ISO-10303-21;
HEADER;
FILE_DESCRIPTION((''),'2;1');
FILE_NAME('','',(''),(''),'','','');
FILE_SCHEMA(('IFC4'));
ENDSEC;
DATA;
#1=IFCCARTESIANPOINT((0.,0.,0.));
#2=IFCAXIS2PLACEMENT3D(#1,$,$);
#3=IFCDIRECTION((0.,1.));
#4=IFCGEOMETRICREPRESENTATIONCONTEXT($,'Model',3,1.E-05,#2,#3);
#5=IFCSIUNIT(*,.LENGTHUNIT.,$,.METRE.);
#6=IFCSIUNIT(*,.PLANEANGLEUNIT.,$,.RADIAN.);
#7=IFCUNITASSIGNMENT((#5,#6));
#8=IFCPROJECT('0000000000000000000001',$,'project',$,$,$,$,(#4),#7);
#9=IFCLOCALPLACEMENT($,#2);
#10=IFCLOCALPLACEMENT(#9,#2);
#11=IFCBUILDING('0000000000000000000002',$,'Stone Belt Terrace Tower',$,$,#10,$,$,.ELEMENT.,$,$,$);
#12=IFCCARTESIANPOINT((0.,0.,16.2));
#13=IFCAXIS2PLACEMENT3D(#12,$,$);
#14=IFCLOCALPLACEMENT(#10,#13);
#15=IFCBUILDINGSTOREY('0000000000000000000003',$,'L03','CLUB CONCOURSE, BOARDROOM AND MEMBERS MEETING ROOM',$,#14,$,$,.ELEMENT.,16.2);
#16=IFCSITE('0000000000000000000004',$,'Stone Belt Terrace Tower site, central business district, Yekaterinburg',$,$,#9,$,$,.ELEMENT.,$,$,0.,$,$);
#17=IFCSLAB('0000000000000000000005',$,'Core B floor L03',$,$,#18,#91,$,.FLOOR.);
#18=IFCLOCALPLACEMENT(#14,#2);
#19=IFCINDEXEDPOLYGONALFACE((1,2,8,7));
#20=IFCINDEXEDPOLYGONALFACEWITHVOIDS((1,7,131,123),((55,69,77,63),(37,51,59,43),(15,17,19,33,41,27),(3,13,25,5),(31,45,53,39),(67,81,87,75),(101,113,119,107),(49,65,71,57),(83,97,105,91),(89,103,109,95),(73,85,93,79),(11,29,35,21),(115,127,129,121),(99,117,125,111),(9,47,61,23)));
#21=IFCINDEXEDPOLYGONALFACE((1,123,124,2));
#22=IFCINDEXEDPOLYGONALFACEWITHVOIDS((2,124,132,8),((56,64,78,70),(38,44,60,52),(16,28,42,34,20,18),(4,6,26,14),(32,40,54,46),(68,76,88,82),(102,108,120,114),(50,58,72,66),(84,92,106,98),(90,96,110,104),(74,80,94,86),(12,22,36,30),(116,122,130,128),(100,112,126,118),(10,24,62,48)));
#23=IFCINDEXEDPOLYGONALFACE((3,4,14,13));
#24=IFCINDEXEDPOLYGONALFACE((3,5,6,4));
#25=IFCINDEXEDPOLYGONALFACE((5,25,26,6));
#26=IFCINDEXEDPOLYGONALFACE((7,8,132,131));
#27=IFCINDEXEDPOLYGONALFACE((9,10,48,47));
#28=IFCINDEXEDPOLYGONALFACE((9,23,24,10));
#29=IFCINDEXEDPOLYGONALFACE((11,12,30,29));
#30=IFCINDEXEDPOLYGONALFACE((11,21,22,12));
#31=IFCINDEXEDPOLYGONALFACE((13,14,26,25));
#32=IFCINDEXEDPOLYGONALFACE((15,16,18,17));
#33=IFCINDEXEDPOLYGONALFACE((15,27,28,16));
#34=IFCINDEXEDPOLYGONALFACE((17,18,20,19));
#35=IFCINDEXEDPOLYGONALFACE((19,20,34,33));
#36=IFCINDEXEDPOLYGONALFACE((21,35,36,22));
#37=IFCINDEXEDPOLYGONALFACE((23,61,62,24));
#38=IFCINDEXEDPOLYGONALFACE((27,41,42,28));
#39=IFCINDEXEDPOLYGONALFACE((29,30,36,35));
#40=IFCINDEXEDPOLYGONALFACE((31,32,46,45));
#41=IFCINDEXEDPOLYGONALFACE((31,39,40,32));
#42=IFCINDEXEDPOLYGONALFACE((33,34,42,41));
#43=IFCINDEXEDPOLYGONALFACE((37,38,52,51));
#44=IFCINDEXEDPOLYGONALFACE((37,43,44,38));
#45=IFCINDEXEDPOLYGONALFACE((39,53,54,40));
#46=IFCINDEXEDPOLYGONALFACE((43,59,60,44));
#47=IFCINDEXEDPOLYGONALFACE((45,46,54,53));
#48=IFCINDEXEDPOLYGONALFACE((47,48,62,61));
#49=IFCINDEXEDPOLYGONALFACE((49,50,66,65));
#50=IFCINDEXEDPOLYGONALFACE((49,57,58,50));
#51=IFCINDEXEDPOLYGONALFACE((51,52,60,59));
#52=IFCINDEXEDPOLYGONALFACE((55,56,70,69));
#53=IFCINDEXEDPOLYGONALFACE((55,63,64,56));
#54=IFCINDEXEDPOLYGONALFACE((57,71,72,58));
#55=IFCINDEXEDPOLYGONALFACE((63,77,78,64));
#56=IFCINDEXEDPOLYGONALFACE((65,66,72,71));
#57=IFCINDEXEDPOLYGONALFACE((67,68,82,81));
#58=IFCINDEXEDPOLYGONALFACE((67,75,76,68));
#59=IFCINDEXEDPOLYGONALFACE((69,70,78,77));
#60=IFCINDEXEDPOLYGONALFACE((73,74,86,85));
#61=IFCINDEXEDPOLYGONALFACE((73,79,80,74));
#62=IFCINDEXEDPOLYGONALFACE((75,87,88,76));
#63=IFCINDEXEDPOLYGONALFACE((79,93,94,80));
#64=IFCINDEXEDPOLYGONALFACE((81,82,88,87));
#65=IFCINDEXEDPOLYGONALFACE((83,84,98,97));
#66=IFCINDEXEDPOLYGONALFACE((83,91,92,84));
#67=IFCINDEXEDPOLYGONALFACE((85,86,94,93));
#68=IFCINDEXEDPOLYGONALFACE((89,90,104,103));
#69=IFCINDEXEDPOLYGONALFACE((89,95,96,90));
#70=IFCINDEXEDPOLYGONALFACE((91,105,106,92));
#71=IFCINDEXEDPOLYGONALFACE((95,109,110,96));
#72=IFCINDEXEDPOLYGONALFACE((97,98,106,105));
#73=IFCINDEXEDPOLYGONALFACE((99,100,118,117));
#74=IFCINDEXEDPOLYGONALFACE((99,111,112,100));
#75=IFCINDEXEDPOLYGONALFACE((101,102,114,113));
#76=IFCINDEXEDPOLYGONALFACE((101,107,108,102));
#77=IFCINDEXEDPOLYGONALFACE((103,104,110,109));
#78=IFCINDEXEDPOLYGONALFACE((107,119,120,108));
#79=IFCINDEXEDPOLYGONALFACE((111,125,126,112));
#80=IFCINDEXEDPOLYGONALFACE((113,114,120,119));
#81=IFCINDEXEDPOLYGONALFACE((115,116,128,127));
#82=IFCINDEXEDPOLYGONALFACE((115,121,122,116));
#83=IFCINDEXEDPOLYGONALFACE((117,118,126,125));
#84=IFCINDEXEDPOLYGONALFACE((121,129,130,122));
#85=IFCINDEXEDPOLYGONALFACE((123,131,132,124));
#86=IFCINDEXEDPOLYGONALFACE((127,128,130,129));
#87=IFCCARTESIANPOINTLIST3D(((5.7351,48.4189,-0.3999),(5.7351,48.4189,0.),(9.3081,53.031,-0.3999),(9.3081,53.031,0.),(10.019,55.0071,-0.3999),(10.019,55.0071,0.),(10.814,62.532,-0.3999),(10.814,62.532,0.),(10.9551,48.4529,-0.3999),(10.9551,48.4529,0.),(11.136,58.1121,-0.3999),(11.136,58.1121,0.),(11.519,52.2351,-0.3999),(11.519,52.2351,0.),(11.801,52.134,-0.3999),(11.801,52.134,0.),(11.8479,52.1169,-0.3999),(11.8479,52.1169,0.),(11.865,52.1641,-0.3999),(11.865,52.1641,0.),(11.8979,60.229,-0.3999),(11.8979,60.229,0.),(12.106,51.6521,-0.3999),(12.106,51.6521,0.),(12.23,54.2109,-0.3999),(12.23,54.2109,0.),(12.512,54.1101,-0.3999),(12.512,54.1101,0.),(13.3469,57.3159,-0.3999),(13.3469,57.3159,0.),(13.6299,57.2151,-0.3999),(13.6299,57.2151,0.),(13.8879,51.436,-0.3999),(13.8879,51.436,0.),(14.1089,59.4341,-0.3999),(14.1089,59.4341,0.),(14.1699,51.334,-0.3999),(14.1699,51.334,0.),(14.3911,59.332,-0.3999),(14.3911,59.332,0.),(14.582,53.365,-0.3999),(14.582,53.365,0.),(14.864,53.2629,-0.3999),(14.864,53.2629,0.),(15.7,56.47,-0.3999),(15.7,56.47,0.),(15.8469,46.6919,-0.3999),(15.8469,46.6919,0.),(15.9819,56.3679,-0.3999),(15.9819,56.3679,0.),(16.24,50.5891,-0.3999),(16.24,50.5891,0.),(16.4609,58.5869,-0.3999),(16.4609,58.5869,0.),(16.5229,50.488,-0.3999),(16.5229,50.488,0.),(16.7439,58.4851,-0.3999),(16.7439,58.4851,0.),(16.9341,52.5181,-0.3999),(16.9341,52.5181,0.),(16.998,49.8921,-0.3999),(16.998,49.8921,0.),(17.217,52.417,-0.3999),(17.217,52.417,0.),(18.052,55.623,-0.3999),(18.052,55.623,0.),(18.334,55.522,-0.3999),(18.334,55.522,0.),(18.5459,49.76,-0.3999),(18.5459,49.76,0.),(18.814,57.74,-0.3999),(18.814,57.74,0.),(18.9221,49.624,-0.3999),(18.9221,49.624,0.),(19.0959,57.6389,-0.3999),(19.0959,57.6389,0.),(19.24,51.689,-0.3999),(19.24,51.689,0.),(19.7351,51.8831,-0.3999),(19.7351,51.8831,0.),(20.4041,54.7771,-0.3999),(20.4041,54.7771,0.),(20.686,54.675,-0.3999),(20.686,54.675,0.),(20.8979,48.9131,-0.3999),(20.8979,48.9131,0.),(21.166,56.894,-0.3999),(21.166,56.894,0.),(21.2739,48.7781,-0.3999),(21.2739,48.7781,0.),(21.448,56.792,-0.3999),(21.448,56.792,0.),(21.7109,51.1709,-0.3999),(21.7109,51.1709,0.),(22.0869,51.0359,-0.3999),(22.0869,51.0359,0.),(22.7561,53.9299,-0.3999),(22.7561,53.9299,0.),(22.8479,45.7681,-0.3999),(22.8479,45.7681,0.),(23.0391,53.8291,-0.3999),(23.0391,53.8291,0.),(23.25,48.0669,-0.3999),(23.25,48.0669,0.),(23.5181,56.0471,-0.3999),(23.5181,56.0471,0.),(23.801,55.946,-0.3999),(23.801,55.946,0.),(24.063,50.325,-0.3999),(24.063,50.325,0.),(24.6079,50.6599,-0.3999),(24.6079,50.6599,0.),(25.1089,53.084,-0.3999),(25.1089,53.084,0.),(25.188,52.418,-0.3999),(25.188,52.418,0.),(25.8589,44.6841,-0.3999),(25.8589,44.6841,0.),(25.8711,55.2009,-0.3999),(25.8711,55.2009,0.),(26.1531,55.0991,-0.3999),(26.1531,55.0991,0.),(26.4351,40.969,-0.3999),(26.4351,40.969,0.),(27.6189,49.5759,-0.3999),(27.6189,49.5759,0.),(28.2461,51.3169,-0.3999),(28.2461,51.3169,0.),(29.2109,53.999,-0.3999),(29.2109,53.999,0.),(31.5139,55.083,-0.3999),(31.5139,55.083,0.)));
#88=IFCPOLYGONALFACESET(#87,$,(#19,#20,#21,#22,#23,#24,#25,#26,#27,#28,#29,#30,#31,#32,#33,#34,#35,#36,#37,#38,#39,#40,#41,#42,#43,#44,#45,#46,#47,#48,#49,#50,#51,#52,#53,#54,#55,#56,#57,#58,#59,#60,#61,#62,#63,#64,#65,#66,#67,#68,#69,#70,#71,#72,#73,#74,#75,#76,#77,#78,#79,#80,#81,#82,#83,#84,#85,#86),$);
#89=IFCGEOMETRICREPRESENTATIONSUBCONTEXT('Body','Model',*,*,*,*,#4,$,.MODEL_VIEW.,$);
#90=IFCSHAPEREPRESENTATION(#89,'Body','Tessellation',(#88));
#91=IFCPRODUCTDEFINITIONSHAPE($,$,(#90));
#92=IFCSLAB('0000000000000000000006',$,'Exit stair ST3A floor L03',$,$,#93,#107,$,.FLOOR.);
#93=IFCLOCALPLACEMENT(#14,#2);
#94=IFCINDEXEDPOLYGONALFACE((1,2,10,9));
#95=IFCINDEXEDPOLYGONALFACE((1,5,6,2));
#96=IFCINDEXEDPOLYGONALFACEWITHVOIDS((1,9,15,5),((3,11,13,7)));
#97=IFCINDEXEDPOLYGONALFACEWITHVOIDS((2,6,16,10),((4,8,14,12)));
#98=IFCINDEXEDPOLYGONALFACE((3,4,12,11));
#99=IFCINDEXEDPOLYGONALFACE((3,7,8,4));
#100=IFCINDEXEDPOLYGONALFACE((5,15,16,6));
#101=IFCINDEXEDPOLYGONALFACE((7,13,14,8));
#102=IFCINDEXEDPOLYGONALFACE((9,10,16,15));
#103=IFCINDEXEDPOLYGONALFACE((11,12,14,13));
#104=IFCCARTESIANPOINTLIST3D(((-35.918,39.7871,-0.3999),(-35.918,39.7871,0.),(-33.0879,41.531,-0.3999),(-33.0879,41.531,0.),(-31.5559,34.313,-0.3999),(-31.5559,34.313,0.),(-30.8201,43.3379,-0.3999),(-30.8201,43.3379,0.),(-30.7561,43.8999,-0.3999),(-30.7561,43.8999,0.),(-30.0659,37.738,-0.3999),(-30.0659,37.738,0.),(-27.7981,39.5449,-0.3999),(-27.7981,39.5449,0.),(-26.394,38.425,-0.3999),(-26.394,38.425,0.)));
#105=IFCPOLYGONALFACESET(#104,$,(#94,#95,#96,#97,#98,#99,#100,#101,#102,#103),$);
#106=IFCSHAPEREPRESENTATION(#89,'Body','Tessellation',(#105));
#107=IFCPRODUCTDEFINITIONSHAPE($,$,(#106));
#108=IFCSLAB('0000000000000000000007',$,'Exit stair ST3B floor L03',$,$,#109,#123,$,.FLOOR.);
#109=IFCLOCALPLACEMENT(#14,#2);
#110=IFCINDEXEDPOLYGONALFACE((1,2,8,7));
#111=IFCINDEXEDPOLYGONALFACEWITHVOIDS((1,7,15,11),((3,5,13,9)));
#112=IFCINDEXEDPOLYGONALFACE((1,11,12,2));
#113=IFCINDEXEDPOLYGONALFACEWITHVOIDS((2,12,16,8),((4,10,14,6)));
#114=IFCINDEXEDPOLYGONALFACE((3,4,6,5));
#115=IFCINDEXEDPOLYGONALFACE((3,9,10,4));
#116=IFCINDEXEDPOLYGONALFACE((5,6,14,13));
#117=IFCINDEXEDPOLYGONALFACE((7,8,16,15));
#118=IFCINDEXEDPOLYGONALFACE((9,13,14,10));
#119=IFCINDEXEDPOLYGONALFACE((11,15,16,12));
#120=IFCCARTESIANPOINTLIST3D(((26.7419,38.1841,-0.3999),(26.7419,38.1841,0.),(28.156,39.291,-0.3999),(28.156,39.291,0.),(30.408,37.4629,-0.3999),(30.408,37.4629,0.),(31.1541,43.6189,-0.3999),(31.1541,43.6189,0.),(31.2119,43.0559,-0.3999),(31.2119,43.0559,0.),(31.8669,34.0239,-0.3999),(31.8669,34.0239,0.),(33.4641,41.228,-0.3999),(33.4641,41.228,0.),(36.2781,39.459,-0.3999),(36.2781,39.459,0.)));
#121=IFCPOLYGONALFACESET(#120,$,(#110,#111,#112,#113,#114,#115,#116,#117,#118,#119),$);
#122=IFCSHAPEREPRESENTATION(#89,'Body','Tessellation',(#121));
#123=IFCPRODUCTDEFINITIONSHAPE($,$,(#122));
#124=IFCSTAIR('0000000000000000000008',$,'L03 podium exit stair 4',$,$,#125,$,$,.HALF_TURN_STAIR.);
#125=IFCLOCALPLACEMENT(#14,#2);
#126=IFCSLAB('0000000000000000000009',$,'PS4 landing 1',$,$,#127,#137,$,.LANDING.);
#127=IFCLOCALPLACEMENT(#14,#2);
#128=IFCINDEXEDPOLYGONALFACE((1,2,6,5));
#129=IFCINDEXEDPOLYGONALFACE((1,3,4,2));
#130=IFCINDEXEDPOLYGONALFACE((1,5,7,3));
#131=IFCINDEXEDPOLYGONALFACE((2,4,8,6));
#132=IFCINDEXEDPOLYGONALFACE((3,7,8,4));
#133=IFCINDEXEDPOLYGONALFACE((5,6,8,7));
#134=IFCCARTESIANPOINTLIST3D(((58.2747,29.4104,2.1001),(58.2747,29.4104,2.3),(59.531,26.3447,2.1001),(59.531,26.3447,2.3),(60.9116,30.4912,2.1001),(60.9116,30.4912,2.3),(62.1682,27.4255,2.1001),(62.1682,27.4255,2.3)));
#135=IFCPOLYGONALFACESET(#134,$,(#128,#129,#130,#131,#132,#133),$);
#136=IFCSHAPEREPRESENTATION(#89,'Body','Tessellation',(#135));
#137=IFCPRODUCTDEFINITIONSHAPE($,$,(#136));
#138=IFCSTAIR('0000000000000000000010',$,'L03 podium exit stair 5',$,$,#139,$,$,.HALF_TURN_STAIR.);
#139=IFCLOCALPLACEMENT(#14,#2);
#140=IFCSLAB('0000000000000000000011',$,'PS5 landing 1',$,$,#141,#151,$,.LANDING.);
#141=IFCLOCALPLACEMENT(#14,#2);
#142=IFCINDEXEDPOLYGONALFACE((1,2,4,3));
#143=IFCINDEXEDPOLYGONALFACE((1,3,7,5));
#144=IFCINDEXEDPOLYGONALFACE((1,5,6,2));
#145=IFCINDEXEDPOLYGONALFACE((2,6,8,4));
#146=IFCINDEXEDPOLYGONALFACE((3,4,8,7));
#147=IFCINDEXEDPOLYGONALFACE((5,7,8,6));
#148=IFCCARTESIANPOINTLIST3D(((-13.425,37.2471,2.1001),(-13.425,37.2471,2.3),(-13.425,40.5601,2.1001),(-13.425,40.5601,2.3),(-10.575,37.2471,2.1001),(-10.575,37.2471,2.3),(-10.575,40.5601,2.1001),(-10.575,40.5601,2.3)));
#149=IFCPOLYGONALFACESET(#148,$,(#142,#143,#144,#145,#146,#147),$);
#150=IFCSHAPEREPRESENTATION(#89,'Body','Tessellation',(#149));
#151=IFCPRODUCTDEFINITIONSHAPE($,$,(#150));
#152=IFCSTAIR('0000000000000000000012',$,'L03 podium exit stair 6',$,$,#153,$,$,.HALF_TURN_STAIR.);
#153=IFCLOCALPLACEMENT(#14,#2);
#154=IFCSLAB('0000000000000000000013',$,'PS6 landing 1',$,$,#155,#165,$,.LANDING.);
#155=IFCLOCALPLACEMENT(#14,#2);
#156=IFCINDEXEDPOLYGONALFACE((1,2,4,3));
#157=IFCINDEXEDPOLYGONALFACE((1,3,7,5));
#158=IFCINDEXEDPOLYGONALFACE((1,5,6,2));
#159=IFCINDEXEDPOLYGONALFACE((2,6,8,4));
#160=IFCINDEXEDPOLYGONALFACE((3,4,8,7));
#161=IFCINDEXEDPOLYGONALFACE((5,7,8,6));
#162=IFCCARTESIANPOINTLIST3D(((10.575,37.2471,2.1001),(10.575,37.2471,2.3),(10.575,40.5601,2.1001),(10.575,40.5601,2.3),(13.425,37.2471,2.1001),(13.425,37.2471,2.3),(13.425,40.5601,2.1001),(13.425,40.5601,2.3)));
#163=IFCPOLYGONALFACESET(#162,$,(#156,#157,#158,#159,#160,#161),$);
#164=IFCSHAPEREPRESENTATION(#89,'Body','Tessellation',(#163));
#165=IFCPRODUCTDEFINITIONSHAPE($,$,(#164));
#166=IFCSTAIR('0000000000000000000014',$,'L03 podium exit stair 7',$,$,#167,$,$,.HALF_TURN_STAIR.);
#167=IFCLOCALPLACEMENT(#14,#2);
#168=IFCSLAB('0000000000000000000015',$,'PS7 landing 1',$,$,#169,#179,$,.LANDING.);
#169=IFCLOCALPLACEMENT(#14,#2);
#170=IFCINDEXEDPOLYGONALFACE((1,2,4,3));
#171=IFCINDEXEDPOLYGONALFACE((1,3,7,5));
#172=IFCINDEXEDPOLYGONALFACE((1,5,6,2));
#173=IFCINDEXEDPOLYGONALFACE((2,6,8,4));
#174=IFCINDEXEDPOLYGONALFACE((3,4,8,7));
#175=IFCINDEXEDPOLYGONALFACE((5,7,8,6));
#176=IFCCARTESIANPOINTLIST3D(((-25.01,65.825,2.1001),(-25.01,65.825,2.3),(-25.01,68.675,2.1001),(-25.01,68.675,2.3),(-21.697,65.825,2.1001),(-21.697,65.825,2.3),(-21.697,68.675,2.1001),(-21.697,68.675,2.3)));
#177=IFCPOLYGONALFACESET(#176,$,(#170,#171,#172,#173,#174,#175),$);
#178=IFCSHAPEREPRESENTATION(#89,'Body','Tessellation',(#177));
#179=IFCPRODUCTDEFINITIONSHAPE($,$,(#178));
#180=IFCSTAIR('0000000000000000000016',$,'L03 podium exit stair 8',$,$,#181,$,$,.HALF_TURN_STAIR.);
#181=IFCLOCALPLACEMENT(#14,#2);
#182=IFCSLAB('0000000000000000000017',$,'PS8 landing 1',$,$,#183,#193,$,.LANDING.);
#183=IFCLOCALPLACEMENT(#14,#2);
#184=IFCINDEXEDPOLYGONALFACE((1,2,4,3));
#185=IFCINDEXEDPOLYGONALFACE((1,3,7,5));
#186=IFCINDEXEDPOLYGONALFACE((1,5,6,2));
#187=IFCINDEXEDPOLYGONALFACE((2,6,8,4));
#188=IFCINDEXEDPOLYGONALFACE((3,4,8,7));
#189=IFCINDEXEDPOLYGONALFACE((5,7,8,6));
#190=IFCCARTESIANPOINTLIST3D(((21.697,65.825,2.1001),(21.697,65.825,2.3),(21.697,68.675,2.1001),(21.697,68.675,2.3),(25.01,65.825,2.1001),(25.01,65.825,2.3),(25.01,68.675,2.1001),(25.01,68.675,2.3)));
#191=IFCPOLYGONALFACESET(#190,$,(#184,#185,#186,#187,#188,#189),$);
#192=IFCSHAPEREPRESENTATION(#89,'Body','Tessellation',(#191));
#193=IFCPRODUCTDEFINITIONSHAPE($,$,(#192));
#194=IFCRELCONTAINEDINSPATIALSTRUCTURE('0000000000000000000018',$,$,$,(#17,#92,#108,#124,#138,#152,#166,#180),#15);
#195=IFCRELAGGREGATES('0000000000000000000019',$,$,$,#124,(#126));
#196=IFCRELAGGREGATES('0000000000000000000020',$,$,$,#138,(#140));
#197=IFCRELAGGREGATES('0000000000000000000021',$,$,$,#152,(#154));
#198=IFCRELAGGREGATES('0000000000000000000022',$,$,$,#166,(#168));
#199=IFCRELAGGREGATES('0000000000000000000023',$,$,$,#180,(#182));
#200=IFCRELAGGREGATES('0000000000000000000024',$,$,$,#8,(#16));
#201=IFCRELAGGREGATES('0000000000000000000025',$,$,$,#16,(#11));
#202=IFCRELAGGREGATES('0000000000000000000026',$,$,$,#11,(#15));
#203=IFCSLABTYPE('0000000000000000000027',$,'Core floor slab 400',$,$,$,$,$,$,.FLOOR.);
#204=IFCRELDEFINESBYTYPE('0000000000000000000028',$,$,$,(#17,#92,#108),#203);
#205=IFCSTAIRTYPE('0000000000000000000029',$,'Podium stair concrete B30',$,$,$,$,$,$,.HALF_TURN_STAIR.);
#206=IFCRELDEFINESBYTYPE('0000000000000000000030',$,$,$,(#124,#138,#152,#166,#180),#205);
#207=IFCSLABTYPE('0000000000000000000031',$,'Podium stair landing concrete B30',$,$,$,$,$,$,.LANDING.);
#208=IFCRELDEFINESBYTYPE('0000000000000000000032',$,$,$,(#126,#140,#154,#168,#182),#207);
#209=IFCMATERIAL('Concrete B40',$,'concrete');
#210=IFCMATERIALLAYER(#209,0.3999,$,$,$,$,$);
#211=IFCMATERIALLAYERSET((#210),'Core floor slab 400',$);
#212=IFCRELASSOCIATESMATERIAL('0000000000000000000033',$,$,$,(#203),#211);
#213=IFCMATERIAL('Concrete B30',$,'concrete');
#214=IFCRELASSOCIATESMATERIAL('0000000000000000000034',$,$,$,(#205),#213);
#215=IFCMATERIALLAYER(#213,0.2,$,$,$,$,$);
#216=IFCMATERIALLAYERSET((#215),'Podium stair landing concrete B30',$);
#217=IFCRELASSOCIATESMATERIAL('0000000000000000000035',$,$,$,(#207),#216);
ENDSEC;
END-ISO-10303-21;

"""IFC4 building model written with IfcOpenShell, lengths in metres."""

from ifc_helpers import new_model, si_unit, direction, frame, origin, place, context, subcontext, project, spatial, polyline, outline, extrude, material, layer, layer_set, type_object, element, aggregate, save


model = new_model("IFC4")

# Units and contexts
model_context = context("Model", 3, precision=1e-05, world=origin(), true_north=direction((0.0, 1.0)))
body_context = subcontext(model_context, "Body", "Model", "MODEL_VIEW")
ifc_project = project(units=[si_unit("LENGTHUNIT", "METRE"), si_unit("PLANEANGLEUNIT", "RADIAN")], contexts=[model_context])

# Site, building, storey
site_placement = place(None, origin())
site = spatial("IfcSite", under=ifc_project, at=site_placement, Name="Stone Belt Terrace Tower site, central business district, Yekaterinburg", CompositionType="ELEMENT", RefElevation=0.0)
building_placement = place(site_placement, origin())
building = spatial("IfcBuilding", under=site, at=building_placement, Name="Stone Belt Terrace Tower", CompositionType="ELEMENT")
storey_placement = place(building_placement, frame((0.0, 0.0, 16.2)))
storey = spatial("IfcBuildingStorey", under=building, at=storey_placement, Name="L03", Description="CLUB CONCOURSE, BOARDROOM AND MEMBERS MEETING ROOM", CompositionType="ELEMENT", Elevation=16.2)

# Slabs
ifc_material_1 = material(Name="Concrete B40", Category="concrete")
ifc_layer_1 = layer(ifc_material_1, 0.3999)
ifc_layer_set_1 = layer_set([ifc_layer_1], Name="Core floor slab 400")
slab_type_1 = type_object("IfcSlabType", Name="Core floor slab 400", PredefinedType="FLOOR", material=ifc_layer_set_1)
slab_1_placement = place(storey_placement, frame((0.0, 0.0, -0.3999)))
element("IfcSlab", 1, at=slab_1_placement, inside=storey, type_object=slab_type_1, Name="Core B floor L03", PredefinedType="FLOOR", context=body_context, shape_type="SweptSolid", body=[
    extrude(outline(polyline([(26.4351, 40.969), (31.5139, 55.083), (10.814, 62.532), (5.7351, 48.4189), (26.4351, 40.969)]), holes=[polyline([(12.106, 51.6521), (16.998, 49.8921), (15.8469, 46.6919), (10.9551, 48.4529), (12.106, 51.6521)]), polyline([(19.24, 51.689), (18.5459, 49.76), (16.5229, 50.488), (17.217, 52.417), (19.24, 51.689)]), polyline([(16.24, 50.5891), (14.1699, 51.334), (14.864, 53.2629), (16.9341, 52.5181), (16.24, 50.5891)]), polyline([(14.582, 53.365), (13.8879, 51.436), (11.865, 52.1641), (11.8479, 52.1169), (11.801, 52.134), (12.512, 54.1101), (14.582, 53.365)]), polyline([(9.3081, 53.031), (10.019, 55.0071), (12.23, 54.2109), (11.519, 52.2351), (9.3081, 53.031)]), polyline([(16.7439, 58.4851), (18.814, 57.74), (18.052, 55.623), (15.9819, 56.3679), (16.7439, 58.4851)]), polyline([(14.3911, 59.332), (16.4609, 58.5869), (15.7, 56.47), (13.6299, 57.2151), (14.3911, 59.332)]), polyline([(11.8979, 60.229), (14.1089, 59.4341), (13.3469, 57.3159), (11.136, 58.1121), (11.8979, 60.229)]), polyline([(25.8589, 44.6841), (22.8479, 45.7681), (24.6079, 50.6599), (27.6189, 49.5759), (25.8589, 44.6841)]), polyline([(21.2739, 48.7781), (22.0869, 51.0359), (24.063, 50.325), (23.25, 48.0669), (21.2739, 48.7781)]), polyline([(18.9221, 49.624), (19.7351, 51.8831), (21.7109, 51.1709), (20.8979, 48.9131), (18.9221, 49.624)]), polyline([(29.2109, 53.999), (28.2461, 51.3169), (25.188, 52.418), (26.1531, 55.0991), (29.2109, 53.999)]), polyline([(23.801, 55.946), (25.8711, 55.2009), (25.1089, 53.084), (23.0391, 53.8291), (23.801, 55.946)]), polyline([(21.448, 56.792), (23.5181, 56.0471), (22.7561, 53.9299), (20.686, 54.675), (21.448, 56.792)]), polyline([(19.0959, 57.6389), (21.166, 56.894), (20.4041, 54.7771), (18.334, 55.522), (19.0959, 57.6389)])]), origin(), (0.0, 0.0, 1.0), 0.3999),
])
slab_2_placement = place(storey_placement, frame((0.0, 0.0, -0.3999)))
element("IfcSlab", 2, at=slab_2_placement, inside=storey, type_object=slab_type_1, Name="Exit stair ST3A floor L03", PredefinedType="FLOOR", context=body_context, shape_type="SweptSolid", body=[
    extrude(outline(polyline([(-26.394, 38.425), (-30.7561, 43.8999), (-35.918, 39.7871), (-31.5559, 34.313), (-26.394, 38.425)]), holes=[polyline([(-27.7981, 39.5449), (-30.0659, 37.738), (-33.0879, 41.531), (-30.8201, 43.3379), (-27.7981, 39.5449)])]), origin(), (0.0, 0.0, 1.0), 0.3999),
])
slab_3_placement = place(storey_placement, frame((0.0, 0.0, -0.3999)))
element("IfcSlab", 3, at=slab_3_placement, inside=storey, type_object=slab_type_1, Name="Exit stair ST3B floor L03", PredefinedType="FLOOR", context=body_context, shape_type="SweptSolid", body=[
    extrude(outline(polyline([(26.7419, 38.1841), (31.8669, 34.0239), (36.2781, 39.459), (31.1541, 43.6189), (26.7419, 38.1841)]), holes=[polyline([(30.408, 37.4629), (28.156, 39.291), (31.2119, 43.0559), (33.4641, 41.228), (30.408, 37.4629)])]), origin(), (0.0, 0.0, 1.0), 0.3999),
])

# Stairs, slabs
ifc_material_2 = material(Name="Concrete B30", Category="concrete")
stair_type_1 = type_object("IfcStairType", Name="Podium stair concrete B30", PredefinedType="HALF_TURN_STAIR", material=ifc_material_2)
stair_1_placement = place(storey_placement, origin())
stair_1 = element("IfcStair", 4, at=stair_1_placement, inside=storey, type_object=stair_type_1, Name="L03 podium exit stair 4", PredefinedType="HALF_TURN_STAIR")
ifc_layer_2 = layer(ifc_material_2, 0.2)
ifc_layer_set_2 = layer_set([ifc_layer_2], Name="Podium stair landing concrete B30")
slab_type_2 = type_object("IfcSlabType", Name="Podium stair landing concrete B30", PredefinedType="LANDING", material=ifc_layer_set_2)
slab_4_placement = place(storey_placement, frame((0.0, 0.0, 2.1001)))
slab_4 = element("IfcSlab", 5, at=slab_4_placement, type_object=slab_type_2, Name="PS4 landing 1", PredefinedType="LANDING", context=body_context, shape_type="SweptSolid", body=[
    extrude(outline(polyline([(58.2747, 29.4104), (59.531, 26.3447), (62.1682, 27.4255), (60.9116, 30.4912), (58.2747, 29.4104)])), origin(), (0.0, 0.0, 1.0), 0.2),
])
aggregate(stair_1, [slab_4])
stair_2_placement = place(storey_placement, origin())
stair_2 = element("IfcStair", 6, at=stair_2_placement, inside=storey, type_object=stair_type_1, Name="L03 podium exit stair 5", PredefinedType="HALF_TURN_STAIR")
slab_5_placement = place(storey_placement, frame((0.0, 0.0, 2.1001)))
slab_5 = element("IfcSlab", 7, at=slab_5_placement, type_object=slab_type_2, Name="PS5 landing 1", PredefinedType="LANDING", context=body_context, shape_type="SweptSolid", body=[
    extrude(outline(polyline([(-10.575, 37.2471), (-10.575, 40.5601), (-13.425, 40.5601), (-13.425, 37.2471), (-10.575, 37.2471)])), origin(), (0.0, 0.0, 1.0), 0.2),
])
aggregate(stair_2, [slab_5])
stair_3_placement = place(storey_placement, origin())
stair_3 = element("IfcStair", 8, at=stair_3_placement, inside=storey, type_object=stair_type_1, Name="L03 podium exit stair 6", PredefinedType="HALF_TURN_STAIR")
slab_6_placement = place(storey_placement, frame((0.0, 0.0, 2.1001)))
slab_6 = element("IfcSlab", 9, at=slab_6_placement, type_object=slab_type_2, Name="PS6 landing 1", PredefinedType="LANDING", context=body_context, shape_type="SweptSolid", body=[
    extrude(outline(polyline([(13.425, 37.2471), (13.425, 40.5601), (10.575, 40.5601), (10.575, 37.2471), (13.425, 37.2471)])), origin(), (0.0, 0.0, 1.0), 0.2),
])
aggregate(stair_3, [slab_6])
stair_4_placement = place(storey_placement, origin())
stair_4 = element("IfcStair", 10, at=stair_4_placement, inside=storey, type_object=stair_type_1, Name="L03 podium exit stair 7", PredefinedType="HALF_TURN_STAIR")
slab_7_placement = place(storey_placement, frame((0.0, 0.0, 2.1001)))
slab_7 = element("IfcSlab", 11, at=slab_7_placement, type_object=slab_type_2, Name="PS7 landing 1", PredefinedType="LANDING", context=body_context, shape_type="SweptSolid", body=[
    extrude(outline(polyline([(-21.697, 68.675), (-25.01, 68.675), (-25.01, 65.825), (-21.697, 65.825), (-21.697, 68.675)])), origin(), (0.0, 0.0, 1.0), 0.2),
])
aggregate(stair_4, [slab_7])
stair_5_placement = place(storey_placement, origin())
stair_5 = element("IfcStair", 12, at=stair_5_placement, inside=storey, type_object=stair_type_1, Name="L03 podium exit stair 8", PredefinedType="HALF_TURN_STAIR")
slab_8_placement = place(storey_placement, frame((0.0, 0.0, 2.1001)))
slab_8 = element("IfcSlab", 13, at=slab_8_placement, type_object=slab_type_2, Name="PS8 landing 1", PredefinedType="LANDING", context=body_context, shape_type="SweptSolid", body=[
    extrude(outline(polyline([(21.697, 65.825), (25.01, 65.825), (25.01, 68.675), (21.697, 68.675), (21.697, 65.825)])), origin(), (0.0, 0.0, 1.0), 0.2),
])
aggregate(stair_5, [slab_8])

save(model, "model.ifc")
